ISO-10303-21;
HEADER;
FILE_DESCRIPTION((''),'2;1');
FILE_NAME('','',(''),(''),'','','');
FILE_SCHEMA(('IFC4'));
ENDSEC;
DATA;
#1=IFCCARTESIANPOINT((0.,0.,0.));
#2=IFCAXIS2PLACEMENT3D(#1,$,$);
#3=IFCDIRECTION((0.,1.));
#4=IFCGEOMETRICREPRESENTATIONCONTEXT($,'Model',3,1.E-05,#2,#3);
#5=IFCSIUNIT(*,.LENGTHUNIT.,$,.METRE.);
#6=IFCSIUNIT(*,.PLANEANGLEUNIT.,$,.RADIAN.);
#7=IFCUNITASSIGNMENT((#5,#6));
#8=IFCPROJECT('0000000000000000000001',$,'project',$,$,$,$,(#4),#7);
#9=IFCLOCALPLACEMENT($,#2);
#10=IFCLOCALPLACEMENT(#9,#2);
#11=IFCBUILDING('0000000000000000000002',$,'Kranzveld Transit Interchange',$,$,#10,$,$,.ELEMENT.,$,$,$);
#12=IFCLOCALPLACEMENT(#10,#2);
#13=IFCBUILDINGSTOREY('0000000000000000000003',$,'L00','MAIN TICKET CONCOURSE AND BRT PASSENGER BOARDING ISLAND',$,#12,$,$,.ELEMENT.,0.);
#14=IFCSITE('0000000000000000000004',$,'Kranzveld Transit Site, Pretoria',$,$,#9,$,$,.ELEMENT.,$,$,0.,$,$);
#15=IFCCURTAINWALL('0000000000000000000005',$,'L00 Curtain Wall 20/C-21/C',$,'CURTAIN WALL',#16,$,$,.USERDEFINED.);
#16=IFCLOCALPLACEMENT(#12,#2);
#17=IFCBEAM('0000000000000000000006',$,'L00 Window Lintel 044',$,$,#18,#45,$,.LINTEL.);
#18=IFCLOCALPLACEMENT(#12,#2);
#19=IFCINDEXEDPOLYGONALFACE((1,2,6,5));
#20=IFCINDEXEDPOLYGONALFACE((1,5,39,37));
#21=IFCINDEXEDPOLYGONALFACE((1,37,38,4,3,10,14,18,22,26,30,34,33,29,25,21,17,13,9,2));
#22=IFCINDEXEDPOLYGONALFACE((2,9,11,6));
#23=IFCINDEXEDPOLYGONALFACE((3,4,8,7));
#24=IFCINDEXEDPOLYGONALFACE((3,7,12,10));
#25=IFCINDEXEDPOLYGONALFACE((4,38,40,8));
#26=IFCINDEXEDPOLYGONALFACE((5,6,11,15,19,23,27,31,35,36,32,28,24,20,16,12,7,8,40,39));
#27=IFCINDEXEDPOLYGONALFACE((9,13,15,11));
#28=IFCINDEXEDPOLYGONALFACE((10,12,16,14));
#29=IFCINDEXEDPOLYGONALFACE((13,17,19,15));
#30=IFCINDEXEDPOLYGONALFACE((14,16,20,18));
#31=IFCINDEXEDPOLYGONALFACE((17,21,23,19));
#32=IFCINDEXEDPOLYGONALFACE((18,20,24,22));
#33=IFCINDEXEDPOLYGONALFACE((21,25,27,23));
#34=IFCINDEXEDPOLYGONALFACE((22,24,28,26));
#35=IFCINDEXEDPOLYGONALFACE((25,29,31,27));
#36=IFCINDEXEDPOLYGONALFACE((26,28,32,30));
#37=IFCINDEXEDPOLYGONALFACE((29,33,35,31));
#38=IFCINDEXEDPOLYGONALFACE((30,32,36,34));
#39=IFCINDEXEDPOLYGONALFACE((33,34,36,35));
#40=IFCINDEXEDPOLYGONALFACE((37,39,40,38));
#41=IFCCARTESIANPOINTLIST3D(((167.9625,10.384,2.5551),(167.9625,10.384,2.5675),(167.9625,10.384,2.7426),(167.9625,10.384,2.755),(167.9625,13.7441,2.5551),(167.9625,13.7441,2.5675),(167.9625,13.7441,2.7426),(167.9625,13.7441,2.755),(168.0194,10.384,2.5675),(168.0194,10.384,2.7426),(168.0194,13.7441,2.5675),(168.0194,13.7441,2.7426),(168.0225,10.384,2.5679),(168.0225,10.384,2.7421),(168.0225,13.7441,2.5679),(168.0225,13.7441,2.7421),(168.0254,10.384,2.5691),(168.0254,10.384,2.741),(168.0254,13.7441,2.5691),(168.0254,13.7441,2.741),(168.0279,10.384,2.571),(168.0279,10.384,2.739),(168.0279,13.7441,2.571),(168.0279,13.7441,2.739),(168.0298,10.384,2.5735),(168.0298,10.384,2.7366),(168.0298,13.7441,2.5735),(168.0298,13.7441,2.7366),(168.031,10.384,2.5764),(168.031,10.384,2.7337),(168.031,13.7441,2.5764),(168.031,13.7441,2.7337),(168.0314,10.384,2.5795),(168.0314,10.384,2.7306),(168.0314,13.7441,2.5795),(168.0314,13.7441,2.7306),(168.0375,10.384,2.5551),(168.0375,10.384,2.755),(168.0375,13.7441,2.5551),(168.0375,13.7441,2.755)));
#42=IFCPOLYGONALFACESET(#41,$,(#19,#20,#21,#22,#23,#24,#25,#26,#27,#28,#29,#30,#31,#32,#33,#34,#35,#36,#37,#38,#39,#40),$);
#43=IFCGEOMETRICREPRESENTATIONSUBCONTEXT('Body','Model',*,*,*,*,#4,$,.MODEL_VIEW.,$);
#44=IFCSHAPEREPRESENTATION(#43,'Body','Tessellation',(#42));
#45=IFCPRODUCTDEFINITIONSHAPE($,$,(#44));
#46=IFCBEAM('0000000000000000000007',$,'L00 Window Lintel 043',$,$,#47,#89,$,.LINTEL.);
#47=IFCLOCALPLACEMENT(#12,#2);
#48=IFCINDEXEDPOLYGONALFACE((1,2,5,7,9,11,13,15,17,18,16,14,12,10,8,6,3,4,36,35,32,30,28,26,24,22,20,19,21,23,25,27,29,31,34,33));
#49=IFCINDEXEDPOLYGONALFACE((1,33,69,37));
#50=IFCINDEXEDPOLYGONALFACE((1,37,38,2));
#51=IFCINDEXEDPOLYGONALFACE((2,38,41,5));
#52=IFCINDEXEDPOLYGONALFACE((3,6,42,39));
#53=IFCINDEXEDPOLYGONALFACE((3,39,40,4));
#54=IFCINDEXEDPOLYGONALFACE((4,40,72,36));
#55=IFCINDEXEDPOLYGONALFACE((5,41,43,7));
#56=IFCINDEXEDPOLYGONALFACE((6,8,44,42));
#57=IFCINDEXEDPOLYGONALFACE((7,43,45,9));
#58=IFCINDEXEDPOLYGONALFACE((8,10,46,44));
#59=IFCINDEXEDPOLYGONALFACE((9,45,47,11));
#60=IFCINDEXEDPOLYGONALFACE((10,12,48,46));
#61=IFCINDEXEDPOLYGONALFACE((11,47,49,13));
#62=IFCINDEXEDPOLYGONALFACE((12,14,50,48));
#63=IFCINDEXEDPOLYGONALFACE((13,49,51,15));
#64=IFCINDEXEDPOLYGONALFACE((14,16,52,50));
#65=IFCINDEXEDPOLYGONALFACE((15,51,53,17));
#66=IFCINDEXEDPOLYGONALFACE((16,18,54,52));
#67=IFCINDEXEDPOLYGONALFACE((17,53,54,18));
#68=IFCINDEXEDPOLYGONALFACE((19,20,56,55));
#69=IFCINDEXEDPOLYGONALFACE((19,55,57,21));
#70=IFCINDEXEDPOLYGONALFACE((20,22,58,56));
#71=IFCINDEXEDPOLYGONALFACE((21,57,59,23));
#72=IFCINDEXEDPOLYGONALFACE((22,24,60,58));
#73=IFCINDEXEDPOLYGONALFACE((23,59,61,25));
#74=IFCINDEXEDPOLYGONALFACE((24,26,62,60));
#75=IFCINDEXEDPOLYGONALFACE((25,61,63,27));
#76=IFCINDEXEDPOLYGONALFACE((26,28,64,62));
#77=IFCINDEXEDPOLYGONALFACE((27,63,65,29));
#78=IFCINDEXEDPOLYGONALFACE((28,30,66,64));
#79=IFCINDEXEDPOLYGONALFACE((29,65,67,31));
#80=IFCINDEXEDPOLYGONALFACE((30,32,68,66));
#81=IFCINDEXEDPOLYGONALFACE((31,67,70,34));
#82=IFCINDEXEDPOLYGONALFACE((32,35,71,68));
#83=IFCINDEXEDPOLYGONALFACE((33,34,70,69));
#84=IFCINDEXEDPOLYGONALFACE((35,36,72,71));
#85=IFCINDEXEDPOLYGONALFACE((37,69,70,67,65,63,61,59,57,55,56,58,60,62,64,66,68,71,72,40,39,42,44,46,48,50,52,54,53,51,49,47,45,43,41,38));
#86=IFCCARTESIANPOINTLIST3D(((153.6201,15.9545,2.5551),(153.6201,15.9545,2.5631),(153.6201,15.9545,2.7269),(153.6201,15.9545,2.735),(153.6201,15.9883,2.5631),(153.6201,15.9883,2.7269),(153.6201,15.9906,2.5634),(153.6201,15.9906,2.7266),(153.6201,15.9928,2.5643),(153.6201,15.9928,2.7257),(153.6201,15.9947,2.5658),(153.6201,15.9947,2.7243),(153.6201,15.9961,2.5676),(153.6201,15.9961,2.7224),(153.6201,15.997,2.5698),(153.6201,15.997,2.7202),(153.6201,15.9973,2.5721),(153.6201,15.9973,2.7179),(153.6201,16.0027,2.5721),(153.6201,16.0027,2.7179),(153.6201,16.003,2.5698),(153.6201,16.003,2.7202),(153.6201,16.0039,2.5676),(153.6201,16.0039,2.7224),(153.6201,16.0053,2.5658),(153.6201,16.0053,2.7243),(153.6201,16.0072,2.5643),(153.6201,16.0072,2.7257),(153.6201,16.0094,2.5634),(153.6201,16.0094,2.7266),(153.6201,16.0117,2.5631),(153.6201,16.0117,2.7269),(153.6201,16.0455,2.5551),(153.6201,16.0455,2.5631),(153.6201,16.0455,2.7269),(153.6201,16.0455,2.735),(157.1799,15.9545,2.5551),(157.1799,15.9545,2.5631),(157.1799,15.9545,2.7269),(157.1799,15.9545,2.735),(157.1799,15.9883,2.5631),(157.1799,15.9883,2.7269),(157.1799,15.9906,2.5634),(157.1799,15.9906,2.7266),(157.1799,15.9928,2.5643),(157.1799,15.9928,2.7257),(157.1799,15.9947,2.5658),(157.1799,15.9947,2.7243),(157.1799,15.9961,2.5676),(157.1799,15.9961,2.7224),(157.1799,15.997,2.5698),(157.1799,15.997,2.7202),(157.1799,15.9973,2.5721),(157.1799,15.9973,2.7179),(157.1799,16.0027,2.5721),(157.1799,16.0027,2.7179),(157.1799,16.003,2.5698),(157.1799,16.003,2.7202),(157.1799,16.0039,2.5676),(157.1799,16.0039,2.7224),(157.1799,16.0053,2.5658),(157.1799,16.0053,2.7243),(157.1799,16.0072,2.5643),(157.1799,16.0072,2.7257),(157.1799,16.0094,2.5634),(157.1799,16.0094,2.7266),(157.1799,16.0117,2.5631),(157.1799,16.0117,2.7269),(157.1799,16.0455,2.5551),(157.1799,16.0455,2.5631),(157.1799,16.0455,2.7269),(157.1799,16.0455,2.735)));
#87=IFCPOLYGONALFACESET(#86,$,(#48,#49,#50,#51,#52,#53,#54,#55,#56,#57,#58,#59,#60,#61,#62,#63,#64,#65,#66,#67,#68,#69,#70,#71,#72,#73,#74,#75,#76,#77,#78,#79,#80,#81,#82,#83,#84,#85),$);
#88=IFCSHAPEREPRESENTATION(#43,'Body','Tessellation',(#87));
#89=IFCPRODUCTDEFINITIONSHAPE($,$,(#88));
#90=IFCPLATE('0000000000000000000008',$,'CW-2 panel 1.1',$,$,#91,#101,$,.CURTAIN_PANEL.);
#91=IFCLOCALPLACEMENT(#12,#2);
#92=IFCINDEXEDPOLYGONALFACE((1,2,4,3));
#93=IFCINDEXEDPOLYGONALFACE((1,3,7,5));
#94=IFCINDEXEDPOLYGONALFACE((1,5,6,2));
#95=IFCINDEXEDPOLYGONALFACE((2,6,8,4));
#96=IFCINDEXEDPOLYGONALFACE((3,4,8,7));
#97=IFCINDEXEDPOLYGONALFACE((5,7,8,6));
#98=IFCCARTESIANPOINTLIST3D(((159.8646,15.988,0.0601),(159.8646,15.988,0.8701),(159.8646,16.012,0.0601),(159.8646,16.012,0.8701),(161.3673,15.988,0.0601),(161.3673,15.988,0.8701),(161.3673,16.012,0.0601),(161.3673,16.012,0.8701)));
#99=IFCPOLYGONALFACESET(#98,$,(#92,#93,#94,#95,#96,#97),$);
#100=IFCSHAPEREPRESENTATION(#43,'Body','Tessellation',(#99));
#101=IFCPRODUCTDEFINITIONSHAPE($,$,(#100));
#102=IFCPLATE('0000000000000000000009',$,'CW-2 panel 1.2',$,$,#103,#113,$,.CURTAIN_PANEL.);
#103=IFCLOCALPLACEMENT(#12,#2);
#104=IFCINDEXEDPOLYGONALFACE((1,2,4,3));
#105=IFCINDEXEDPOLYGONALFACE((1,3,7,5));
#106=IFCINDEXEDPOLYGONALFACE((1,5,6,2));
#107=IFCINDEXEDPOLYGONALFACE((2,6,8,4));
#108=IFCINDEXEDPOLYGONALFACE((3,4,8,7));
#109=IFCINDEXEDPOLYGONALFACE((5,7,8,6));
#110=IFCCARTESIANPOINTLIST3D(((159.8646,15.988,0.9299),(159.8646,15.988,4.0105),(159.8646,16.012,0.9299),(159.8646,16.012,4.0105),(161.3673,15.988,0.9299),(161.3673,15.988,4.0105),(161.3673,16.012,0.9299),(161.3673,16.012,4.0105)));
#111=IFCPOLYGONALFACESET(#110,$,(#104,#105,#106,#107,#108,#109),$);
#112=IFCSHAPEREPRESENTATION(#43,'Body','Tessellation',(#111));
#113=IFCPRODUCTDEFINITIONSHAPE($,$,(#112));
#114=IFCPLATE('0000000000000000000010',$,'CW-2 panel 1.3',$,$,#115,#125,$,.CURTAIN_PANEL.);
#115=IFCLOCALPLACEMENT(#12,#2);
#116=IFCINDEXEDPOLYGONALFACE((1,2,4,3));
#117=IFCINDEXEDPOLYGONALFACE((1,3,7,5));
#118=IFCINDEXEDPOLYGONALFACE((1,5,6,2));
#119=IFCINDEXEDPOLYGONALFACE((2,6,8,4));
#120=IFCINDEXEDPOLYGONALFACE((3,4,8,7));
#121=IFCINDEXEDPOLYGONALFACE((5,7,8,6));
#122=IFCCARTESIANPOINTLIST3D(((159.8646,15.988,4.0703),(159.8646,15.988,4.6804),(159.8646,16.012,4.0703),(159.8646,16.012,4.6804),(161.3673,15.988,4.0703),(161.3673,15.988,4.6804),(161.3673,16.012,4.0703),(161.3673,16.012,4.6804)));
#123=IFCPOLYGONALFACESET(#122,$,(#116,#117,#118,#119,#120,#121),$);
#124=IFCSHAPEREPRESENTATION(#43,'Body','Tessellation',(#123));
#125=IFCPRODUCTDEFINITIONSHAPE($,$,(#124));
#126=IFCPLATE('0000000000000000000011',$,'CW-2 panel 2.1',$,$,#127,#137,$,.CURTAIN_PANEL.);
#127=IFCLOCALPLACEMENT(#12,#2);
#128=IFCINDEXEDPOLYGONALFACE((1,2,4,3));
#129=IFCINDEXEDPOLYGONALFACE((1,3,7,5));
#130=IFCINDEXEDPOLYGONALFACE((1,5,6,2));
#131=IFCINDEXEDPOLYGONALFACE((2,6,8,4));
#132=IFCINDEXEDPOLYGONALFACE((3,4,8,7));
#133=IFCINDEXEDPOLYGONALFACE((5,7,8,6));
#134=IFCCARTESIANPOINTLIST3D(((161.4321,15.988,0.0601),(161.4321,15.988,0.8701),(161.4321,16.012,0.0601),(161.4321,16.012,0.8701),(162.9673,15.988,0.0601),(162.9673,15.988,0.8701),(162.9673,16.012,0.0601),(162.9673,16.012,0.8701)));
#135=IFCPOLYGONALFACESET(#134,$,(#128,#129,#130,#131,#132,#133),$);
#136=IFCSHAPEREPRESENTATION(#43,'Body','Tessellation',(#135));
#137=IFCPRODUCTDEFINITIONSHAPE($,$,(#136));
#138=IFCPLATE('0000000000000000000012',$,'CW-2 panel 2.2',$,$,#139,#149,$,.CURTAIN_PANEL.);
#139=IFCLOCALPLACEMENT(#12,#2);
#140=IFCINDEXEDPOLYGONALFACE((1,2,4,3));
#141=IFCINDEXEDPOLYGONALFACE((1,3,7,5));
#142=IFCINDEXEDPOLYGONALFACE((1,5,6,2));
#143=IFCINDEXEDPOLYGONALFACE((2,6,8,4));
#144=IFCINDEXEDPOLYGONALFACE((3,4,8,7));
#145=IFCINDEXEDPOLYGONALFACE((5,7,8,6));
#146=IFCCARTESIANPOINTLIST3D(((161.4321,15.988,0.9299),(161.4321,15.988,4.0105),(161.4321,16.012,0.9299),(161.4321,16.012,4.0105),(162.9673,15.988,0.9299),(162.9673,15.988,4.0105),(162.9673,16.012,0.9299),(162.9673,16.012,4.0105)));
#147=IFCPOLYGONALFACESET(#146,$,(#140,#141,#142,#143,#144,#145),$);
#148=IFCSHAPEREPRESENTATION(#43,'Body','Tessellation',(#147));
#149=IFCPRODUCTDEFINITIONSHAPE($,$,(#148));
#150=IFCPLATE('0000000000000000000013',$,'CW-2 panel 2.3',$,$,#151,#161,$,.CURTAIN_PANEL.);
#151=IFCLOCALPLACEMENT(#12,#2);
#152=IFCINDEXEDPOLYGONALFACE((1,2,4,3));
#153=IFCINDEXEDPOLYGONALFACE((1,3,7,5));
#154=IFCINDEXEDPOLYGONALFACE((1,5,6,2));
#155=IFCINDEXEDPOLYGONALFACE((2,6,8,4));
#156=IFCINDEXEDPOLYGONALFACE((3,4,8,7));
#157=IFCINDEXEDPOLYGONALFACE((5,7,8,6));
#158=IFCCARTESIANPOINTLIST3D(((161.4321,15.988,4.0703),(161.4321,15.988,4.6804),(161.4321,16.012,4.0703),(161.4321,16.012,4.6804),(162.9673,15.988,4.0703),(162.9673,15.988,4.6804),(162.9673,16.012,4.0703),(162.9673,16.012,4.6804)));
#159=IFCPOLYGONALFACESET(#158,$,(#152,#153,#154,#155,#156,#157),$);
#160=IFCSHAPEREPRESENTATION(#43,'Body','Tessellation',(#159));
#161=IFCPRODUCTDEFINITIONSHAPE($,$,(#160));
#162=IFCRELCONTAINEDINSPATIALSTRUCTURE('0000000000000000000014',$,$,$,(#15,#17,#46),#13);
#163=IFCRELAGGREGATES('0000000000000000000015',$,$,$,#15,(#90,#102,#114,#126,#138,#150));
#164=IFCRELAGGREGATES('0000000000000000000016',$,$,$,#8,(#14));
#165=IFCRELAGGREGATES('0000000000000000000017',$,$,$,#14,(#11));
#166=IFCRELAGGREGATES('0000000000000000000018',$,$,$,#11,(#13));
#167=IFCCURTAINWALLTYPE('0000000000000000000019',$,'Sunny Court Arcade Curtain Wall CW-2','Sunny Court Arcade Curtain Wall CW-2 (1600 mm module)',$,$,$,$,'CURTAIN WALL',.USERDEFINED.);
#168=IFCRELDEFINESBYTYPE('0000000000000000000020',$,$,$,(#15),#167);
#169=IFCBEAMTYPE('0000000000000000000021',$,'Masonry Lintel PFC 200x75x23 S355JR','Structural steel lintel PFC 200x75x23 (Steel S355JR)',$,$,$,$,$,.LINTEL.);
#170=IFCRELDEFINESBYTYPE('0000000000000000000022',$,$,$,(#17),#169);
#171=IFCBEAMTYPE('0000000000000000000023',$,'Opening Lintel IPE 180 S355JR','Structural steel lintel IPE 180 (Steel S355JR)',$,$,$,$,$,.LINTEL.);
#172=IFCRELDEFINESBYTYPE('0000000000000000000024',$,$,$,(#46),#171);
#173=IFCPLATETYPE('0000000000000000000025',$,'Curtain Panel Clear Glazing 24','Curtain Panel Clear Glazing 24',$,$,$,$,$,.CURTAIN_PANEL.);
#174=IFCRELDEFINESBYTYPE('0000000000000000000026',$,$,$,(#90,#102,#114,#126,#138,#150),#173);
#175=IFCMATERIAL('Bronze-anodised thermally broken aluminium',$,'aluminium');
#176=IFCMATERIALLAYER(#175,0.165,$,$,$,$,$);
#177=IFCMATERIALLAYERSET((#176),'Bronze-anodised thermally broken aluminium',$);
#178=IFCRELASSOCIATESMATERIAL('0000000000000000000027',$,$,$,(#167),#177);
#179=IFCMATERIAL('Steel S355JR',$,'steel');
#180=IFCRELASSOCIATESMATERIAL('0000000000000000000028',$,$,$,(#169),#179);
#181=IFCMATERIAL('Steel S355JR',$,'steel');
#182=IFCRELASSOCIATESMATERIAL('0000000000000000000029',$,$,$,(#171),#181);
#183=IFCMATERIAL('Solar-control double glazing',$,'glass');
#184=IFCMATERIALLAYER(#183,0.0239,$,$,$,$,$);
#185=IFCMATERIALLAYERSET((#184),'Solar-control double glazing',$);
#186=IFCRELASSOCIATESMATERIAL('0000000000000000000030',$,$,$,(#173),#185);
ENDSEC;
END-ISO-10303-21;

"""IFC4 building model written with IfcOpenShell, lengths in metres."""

from ifc_helpers import new_model, si_unit, direction, frame, origin, origin_2d, place, context, subcontext, project, spatial, rectangle, i_section, u_section, extrude, material, layer, layer_set, material_profile, profile_set, type_object, element, aggregate, save


model = new_model("IFC4")

# Units and contexts
model_context = context("Model", 3, precision=1e-05, world=origin(), true_north=direction((0.0, 1.0)))
body_context = subcontext(model_context, "Body", "Model", "MODEL_VIEW")
ifc_project = project(units=[si_unit("LENGTHUNIT", "METRE"), si_unit("PLANEANGLEUNIT", "RADIAN")], contexts=[model_context])

# Site, building, storey
site_placement = place(None, origin())
site = spatial("IfcSite", under=ifc_project, at=site_placement, Name="Kranzveld Transit Site, Pretoria", CompositionType="ELEMENT", RefElevation=0.0)
building_placement = place(site_placement, origin())
building = spatial("IfcBuilding", under=site, at=building_placement, Name="Kranzveld Transit Interchange", CompositionType="ELEMENT")
storey_placement = place(building_placement, origin())
storey = spatial("IfcBuildingStorey", under=building, at=storey_placement, Name="L00", Description="MAIN TICKET CONCOURSE AND BRT PASSENGER BOARDING ISLAND", CompositionType="ELEMENT", Elevation=0.0)

# Curtain wall
ifc_material_1 = material(Name="Bronze-anodised thermally broken aluminium", Category="aluminium")
ifc_layer_1 = layer(ifc_material_1, 0.165)
ifc_layer_set_1 = layer_set([ifc_layer_1], Name="Bronze-anodised thermally broken aluminium")
curtain_wall_type = type_object("IfcCurtainWallType", Name="Sunny Court Arcade Curtain Wall CW-2", Description="Sunny Court Arcade Curtain Wall CW-2 (1600 mm module)", ElementType="CURTAIN WALL", PredefinedType="USERDEFINED", material=ifc_layer_set_1)
curtain_wall_placement = place(storey_placement, origin())
curtain_wall = element("IfcCurtainWall", 1, at=curtain_wall_placement, inside=storey, type_object=curtain_wall_type, Name="L00 Curtain Wall 20/C-21/C", ObjectType="CURTAIN WALL", PredefinedType="USERDEFINED")

# Beams
ifc_material_2 = material(Name="Steel S355JR", Category="steel")
ifc_material_profile_1 = material_profile(ifc_material_2, u_section(Depth=0.2, FlangeWidth=0.075, WebThickness=0.0061, FlangeThickness=0.0125, FilletRadius=0.012, at=origin_2d()), Name="PFC 200x75x23")
ifc_profile_set_1 = profile_set([ifc_material_profile_1], Name="Steel S355JR")
beam_type_1 = type_object("IfcBeamType", Name="Masonry Lintel PFC 200x75x23 S355JR", Description="Structural steel lintel PFC 200x75x23 (Steel S355JR)", PredefinedType="LINTEL", material=ifc_profile_set_1)
beam_1_placement = place(storey_placement, frame((168.0, 10.384, 2.655), z_axis=(0.0, 1.0, 0.0), x_axis=(-1.0, 0.0, 0.0)))
element("IfcBeam", 2, at=beam_1_placement, inside=storey, type_object=beam_type_1, Name="L00 Window Lintel 044", PredefinedType="LINTEL", context=body_context, shape_type="SweptSolid", body=[
    extrude(u_section(Depth=0.2, FlangeWidth=0.075, WebThickness=0.0061, FlangeThickness=0.0125, FilletRadius=0.012, at=origin_2d()), origin(), (0.0, 0.0, 1.0), 3.3601),
])
ifc_material_3 = material(Name="Steel S355JR", Category="steel")
ifc_material_profile_2 = material_profile(ifc_material_3, i_section(OverallWidth=0.0911, OverallDepth=0.1799, WebThickness=0.0054, FlangeThickness=0.0081, FilletRadius=0.009, at=origin_2d()), Name="IPE 180")
ifc_profile_set_2 = profile_set([ifc_material_profile_2], Name="Steel S355JR")
beam_type_2 = type_object("IfcBeamType", Name="Opening Lintel IPE 180 S355JR", Description="Structural steel lintel IPE 180 (Steel S355JR)", PredefinedType="LINTEL", material=ifc_profile_set_2)
beam_2_placement = place(storey_placement, frame((153.6201, 16.0, 2.645), z_axis=(1.0, 0.0, 0.0), x_axis=(0.0, 1.0, 0.0)))
element("IfcBeam", 3, at=beam_2_placement, inside=storey, type_object=beam_type_2, Name="L00 Window Lintel 043", PredefinedType="LINTEL", context=body_context, shape_type="SweptSolid", body=[
    extrude(i_section(OverallWidth=0.0911, OverallDepth=0.1799, WebThickness=0.0054, FlangeThickness=0.0081, FilletRadius=0.009, at=origin_2d()), origin(), (0.0, 0.0, 1.0), 3.5598),
])

# Plates
ifc_material_4 = material(Name="Solar-control double glazing", Category="glass")
ifc_layer_2 = layer(ifc_material_4, 0.0239)
ifc_layer_set_2 = layer_set([ifc_layer_2], Name="Solar-control double glazing")
plate_type = type_object("IfcPlateType", Name="Curtain Panel Clear Glazing 24", Description="Curtain Panel Clear Glazing 24", PredefinedType="CURTAIN_PANEL", material=ifc_layer_set_2)
plate_1_placement = place(storey_placement, frame((160.616, 16.0, 0.0601), z_axis=(0.0, 0.0, 1.0), x_axis=(1.0, 0.0, 0.0)))
plate_1 = element("IfcPlate", 4, at=plate_1_placement, type_object=plate_type, Name="CW-2 panel 1.1", PredefinedType="CURTAIN_PANEL", context=body_context, shape_type="SweptSolid", body=[
    extrude(rectangle(XDim=1.5027, YDim=0.0239, at=origin_2d()), origin(), (0.0, 0.0, 1.0), 0.8101),
])
plate_2_placement = place(storey_placement, frame((160.616, 16.0, 0.9299), z_axis=(0.0, 0.0, 1.0), x_axis=(1.0, 0.0, 0.0)))
plate_2 = element("IfcPlate", 5, at=plate_2_placement, type_object=plate_type, Name="CW-2 panel 1.2", PredefinedType="CURTAIN_PANEL", context=body_context, shape_type="SweptSolid", body=[
    extrude(rectangle(XDim=1.5027, YDim=0.0239, at=origin_2d()), origin(), (0.0, 0.0, 1.0), 3.0806),
])
plate_3_placement = place(storey_placement, frame((160.616, 16.0, 4.0703), z_axis=(0.0, 0.0, 1.0), x_axis=(1.0, 0.0, 0.0)))
plate_3 = element("IfcPlate", 6, at=plate_3_placement, type_object=plate_type, Name="CW-2 panel 1.3", PredefinedType="CURTAIN_PANEL", context=body_context, shape_type="SweptSolid", body=[
    extrude(rectangle(XDim=1.5027, YDim=0.0239, at=origin_2d()), origin(), (0.0, 0.0, 1.0), 0.6101),
])
plate_4_placement = place(storey_placement, frame((162.1997, 16.0, 0.0601), z_axis=(0.0, 0.0, 1.0), x_axis=(1.0, 0.0, 0.0)))
plate_4 = element("IfcPlate", 7, at=plate_4_placement, type_object=plate_type, Name="CW-2 panel 2.1", PredefinedType="CURTAIN_PANEL", context=body_context, shape_type="SweptSolid", body=[
    extrude(rectangle(XDim=1.5352, YDim=0.0239, at=origin_2d()), origin(), (0.0, 0.0, 1.0), 0.8101),
])
plate_5_placement = place(storey_placement, frame((162.1997, 16.0, 0.9299), z_axis=(0.0, 0.0, 1.0), x_axis=(1.0, 0.0, 0.0)))
plate_5 = element("IfcPlate", 8, at=plate_5_placement, type_object=plate_type, Name="CW-2 panel 2.2", PredefinedType="CURTAIN_PANEL", context=body_context, shape_type="SweptSolid", body=[
    extrude(rectangle(XDim=1.5352, YDim=0.0239, at=origin_2d()), origin(), (0.0, 0.0, 1.0), 3.0806),
])
plate_6_placement = place(storey_placement, frame((162.1997, 16.0, 4.0703), z_axis=(0.0, 0.0, 1.0), x_axis=(1.0, 0.0, 0.0)))
plate_6 = element("IfcPlate", 9, at=plate_6_placement, type_object=plate_type, Name="CW-2 panel 2.3", PredefinedType="CURTAIN_PANEL", context=body_context, shape_type="SweptSolid", body=[
    extrude(rectangle(XDim=1.5352, YDim=0.0239, at=origin_2d()), origin(), (0.0, 0.0, 1.0), 0.6101),
])
aggregate(curtain_wall, [plate_1, plate_2, plate_3, plate_4, plate_5, plate_6])

save(model, "model.ifc")
